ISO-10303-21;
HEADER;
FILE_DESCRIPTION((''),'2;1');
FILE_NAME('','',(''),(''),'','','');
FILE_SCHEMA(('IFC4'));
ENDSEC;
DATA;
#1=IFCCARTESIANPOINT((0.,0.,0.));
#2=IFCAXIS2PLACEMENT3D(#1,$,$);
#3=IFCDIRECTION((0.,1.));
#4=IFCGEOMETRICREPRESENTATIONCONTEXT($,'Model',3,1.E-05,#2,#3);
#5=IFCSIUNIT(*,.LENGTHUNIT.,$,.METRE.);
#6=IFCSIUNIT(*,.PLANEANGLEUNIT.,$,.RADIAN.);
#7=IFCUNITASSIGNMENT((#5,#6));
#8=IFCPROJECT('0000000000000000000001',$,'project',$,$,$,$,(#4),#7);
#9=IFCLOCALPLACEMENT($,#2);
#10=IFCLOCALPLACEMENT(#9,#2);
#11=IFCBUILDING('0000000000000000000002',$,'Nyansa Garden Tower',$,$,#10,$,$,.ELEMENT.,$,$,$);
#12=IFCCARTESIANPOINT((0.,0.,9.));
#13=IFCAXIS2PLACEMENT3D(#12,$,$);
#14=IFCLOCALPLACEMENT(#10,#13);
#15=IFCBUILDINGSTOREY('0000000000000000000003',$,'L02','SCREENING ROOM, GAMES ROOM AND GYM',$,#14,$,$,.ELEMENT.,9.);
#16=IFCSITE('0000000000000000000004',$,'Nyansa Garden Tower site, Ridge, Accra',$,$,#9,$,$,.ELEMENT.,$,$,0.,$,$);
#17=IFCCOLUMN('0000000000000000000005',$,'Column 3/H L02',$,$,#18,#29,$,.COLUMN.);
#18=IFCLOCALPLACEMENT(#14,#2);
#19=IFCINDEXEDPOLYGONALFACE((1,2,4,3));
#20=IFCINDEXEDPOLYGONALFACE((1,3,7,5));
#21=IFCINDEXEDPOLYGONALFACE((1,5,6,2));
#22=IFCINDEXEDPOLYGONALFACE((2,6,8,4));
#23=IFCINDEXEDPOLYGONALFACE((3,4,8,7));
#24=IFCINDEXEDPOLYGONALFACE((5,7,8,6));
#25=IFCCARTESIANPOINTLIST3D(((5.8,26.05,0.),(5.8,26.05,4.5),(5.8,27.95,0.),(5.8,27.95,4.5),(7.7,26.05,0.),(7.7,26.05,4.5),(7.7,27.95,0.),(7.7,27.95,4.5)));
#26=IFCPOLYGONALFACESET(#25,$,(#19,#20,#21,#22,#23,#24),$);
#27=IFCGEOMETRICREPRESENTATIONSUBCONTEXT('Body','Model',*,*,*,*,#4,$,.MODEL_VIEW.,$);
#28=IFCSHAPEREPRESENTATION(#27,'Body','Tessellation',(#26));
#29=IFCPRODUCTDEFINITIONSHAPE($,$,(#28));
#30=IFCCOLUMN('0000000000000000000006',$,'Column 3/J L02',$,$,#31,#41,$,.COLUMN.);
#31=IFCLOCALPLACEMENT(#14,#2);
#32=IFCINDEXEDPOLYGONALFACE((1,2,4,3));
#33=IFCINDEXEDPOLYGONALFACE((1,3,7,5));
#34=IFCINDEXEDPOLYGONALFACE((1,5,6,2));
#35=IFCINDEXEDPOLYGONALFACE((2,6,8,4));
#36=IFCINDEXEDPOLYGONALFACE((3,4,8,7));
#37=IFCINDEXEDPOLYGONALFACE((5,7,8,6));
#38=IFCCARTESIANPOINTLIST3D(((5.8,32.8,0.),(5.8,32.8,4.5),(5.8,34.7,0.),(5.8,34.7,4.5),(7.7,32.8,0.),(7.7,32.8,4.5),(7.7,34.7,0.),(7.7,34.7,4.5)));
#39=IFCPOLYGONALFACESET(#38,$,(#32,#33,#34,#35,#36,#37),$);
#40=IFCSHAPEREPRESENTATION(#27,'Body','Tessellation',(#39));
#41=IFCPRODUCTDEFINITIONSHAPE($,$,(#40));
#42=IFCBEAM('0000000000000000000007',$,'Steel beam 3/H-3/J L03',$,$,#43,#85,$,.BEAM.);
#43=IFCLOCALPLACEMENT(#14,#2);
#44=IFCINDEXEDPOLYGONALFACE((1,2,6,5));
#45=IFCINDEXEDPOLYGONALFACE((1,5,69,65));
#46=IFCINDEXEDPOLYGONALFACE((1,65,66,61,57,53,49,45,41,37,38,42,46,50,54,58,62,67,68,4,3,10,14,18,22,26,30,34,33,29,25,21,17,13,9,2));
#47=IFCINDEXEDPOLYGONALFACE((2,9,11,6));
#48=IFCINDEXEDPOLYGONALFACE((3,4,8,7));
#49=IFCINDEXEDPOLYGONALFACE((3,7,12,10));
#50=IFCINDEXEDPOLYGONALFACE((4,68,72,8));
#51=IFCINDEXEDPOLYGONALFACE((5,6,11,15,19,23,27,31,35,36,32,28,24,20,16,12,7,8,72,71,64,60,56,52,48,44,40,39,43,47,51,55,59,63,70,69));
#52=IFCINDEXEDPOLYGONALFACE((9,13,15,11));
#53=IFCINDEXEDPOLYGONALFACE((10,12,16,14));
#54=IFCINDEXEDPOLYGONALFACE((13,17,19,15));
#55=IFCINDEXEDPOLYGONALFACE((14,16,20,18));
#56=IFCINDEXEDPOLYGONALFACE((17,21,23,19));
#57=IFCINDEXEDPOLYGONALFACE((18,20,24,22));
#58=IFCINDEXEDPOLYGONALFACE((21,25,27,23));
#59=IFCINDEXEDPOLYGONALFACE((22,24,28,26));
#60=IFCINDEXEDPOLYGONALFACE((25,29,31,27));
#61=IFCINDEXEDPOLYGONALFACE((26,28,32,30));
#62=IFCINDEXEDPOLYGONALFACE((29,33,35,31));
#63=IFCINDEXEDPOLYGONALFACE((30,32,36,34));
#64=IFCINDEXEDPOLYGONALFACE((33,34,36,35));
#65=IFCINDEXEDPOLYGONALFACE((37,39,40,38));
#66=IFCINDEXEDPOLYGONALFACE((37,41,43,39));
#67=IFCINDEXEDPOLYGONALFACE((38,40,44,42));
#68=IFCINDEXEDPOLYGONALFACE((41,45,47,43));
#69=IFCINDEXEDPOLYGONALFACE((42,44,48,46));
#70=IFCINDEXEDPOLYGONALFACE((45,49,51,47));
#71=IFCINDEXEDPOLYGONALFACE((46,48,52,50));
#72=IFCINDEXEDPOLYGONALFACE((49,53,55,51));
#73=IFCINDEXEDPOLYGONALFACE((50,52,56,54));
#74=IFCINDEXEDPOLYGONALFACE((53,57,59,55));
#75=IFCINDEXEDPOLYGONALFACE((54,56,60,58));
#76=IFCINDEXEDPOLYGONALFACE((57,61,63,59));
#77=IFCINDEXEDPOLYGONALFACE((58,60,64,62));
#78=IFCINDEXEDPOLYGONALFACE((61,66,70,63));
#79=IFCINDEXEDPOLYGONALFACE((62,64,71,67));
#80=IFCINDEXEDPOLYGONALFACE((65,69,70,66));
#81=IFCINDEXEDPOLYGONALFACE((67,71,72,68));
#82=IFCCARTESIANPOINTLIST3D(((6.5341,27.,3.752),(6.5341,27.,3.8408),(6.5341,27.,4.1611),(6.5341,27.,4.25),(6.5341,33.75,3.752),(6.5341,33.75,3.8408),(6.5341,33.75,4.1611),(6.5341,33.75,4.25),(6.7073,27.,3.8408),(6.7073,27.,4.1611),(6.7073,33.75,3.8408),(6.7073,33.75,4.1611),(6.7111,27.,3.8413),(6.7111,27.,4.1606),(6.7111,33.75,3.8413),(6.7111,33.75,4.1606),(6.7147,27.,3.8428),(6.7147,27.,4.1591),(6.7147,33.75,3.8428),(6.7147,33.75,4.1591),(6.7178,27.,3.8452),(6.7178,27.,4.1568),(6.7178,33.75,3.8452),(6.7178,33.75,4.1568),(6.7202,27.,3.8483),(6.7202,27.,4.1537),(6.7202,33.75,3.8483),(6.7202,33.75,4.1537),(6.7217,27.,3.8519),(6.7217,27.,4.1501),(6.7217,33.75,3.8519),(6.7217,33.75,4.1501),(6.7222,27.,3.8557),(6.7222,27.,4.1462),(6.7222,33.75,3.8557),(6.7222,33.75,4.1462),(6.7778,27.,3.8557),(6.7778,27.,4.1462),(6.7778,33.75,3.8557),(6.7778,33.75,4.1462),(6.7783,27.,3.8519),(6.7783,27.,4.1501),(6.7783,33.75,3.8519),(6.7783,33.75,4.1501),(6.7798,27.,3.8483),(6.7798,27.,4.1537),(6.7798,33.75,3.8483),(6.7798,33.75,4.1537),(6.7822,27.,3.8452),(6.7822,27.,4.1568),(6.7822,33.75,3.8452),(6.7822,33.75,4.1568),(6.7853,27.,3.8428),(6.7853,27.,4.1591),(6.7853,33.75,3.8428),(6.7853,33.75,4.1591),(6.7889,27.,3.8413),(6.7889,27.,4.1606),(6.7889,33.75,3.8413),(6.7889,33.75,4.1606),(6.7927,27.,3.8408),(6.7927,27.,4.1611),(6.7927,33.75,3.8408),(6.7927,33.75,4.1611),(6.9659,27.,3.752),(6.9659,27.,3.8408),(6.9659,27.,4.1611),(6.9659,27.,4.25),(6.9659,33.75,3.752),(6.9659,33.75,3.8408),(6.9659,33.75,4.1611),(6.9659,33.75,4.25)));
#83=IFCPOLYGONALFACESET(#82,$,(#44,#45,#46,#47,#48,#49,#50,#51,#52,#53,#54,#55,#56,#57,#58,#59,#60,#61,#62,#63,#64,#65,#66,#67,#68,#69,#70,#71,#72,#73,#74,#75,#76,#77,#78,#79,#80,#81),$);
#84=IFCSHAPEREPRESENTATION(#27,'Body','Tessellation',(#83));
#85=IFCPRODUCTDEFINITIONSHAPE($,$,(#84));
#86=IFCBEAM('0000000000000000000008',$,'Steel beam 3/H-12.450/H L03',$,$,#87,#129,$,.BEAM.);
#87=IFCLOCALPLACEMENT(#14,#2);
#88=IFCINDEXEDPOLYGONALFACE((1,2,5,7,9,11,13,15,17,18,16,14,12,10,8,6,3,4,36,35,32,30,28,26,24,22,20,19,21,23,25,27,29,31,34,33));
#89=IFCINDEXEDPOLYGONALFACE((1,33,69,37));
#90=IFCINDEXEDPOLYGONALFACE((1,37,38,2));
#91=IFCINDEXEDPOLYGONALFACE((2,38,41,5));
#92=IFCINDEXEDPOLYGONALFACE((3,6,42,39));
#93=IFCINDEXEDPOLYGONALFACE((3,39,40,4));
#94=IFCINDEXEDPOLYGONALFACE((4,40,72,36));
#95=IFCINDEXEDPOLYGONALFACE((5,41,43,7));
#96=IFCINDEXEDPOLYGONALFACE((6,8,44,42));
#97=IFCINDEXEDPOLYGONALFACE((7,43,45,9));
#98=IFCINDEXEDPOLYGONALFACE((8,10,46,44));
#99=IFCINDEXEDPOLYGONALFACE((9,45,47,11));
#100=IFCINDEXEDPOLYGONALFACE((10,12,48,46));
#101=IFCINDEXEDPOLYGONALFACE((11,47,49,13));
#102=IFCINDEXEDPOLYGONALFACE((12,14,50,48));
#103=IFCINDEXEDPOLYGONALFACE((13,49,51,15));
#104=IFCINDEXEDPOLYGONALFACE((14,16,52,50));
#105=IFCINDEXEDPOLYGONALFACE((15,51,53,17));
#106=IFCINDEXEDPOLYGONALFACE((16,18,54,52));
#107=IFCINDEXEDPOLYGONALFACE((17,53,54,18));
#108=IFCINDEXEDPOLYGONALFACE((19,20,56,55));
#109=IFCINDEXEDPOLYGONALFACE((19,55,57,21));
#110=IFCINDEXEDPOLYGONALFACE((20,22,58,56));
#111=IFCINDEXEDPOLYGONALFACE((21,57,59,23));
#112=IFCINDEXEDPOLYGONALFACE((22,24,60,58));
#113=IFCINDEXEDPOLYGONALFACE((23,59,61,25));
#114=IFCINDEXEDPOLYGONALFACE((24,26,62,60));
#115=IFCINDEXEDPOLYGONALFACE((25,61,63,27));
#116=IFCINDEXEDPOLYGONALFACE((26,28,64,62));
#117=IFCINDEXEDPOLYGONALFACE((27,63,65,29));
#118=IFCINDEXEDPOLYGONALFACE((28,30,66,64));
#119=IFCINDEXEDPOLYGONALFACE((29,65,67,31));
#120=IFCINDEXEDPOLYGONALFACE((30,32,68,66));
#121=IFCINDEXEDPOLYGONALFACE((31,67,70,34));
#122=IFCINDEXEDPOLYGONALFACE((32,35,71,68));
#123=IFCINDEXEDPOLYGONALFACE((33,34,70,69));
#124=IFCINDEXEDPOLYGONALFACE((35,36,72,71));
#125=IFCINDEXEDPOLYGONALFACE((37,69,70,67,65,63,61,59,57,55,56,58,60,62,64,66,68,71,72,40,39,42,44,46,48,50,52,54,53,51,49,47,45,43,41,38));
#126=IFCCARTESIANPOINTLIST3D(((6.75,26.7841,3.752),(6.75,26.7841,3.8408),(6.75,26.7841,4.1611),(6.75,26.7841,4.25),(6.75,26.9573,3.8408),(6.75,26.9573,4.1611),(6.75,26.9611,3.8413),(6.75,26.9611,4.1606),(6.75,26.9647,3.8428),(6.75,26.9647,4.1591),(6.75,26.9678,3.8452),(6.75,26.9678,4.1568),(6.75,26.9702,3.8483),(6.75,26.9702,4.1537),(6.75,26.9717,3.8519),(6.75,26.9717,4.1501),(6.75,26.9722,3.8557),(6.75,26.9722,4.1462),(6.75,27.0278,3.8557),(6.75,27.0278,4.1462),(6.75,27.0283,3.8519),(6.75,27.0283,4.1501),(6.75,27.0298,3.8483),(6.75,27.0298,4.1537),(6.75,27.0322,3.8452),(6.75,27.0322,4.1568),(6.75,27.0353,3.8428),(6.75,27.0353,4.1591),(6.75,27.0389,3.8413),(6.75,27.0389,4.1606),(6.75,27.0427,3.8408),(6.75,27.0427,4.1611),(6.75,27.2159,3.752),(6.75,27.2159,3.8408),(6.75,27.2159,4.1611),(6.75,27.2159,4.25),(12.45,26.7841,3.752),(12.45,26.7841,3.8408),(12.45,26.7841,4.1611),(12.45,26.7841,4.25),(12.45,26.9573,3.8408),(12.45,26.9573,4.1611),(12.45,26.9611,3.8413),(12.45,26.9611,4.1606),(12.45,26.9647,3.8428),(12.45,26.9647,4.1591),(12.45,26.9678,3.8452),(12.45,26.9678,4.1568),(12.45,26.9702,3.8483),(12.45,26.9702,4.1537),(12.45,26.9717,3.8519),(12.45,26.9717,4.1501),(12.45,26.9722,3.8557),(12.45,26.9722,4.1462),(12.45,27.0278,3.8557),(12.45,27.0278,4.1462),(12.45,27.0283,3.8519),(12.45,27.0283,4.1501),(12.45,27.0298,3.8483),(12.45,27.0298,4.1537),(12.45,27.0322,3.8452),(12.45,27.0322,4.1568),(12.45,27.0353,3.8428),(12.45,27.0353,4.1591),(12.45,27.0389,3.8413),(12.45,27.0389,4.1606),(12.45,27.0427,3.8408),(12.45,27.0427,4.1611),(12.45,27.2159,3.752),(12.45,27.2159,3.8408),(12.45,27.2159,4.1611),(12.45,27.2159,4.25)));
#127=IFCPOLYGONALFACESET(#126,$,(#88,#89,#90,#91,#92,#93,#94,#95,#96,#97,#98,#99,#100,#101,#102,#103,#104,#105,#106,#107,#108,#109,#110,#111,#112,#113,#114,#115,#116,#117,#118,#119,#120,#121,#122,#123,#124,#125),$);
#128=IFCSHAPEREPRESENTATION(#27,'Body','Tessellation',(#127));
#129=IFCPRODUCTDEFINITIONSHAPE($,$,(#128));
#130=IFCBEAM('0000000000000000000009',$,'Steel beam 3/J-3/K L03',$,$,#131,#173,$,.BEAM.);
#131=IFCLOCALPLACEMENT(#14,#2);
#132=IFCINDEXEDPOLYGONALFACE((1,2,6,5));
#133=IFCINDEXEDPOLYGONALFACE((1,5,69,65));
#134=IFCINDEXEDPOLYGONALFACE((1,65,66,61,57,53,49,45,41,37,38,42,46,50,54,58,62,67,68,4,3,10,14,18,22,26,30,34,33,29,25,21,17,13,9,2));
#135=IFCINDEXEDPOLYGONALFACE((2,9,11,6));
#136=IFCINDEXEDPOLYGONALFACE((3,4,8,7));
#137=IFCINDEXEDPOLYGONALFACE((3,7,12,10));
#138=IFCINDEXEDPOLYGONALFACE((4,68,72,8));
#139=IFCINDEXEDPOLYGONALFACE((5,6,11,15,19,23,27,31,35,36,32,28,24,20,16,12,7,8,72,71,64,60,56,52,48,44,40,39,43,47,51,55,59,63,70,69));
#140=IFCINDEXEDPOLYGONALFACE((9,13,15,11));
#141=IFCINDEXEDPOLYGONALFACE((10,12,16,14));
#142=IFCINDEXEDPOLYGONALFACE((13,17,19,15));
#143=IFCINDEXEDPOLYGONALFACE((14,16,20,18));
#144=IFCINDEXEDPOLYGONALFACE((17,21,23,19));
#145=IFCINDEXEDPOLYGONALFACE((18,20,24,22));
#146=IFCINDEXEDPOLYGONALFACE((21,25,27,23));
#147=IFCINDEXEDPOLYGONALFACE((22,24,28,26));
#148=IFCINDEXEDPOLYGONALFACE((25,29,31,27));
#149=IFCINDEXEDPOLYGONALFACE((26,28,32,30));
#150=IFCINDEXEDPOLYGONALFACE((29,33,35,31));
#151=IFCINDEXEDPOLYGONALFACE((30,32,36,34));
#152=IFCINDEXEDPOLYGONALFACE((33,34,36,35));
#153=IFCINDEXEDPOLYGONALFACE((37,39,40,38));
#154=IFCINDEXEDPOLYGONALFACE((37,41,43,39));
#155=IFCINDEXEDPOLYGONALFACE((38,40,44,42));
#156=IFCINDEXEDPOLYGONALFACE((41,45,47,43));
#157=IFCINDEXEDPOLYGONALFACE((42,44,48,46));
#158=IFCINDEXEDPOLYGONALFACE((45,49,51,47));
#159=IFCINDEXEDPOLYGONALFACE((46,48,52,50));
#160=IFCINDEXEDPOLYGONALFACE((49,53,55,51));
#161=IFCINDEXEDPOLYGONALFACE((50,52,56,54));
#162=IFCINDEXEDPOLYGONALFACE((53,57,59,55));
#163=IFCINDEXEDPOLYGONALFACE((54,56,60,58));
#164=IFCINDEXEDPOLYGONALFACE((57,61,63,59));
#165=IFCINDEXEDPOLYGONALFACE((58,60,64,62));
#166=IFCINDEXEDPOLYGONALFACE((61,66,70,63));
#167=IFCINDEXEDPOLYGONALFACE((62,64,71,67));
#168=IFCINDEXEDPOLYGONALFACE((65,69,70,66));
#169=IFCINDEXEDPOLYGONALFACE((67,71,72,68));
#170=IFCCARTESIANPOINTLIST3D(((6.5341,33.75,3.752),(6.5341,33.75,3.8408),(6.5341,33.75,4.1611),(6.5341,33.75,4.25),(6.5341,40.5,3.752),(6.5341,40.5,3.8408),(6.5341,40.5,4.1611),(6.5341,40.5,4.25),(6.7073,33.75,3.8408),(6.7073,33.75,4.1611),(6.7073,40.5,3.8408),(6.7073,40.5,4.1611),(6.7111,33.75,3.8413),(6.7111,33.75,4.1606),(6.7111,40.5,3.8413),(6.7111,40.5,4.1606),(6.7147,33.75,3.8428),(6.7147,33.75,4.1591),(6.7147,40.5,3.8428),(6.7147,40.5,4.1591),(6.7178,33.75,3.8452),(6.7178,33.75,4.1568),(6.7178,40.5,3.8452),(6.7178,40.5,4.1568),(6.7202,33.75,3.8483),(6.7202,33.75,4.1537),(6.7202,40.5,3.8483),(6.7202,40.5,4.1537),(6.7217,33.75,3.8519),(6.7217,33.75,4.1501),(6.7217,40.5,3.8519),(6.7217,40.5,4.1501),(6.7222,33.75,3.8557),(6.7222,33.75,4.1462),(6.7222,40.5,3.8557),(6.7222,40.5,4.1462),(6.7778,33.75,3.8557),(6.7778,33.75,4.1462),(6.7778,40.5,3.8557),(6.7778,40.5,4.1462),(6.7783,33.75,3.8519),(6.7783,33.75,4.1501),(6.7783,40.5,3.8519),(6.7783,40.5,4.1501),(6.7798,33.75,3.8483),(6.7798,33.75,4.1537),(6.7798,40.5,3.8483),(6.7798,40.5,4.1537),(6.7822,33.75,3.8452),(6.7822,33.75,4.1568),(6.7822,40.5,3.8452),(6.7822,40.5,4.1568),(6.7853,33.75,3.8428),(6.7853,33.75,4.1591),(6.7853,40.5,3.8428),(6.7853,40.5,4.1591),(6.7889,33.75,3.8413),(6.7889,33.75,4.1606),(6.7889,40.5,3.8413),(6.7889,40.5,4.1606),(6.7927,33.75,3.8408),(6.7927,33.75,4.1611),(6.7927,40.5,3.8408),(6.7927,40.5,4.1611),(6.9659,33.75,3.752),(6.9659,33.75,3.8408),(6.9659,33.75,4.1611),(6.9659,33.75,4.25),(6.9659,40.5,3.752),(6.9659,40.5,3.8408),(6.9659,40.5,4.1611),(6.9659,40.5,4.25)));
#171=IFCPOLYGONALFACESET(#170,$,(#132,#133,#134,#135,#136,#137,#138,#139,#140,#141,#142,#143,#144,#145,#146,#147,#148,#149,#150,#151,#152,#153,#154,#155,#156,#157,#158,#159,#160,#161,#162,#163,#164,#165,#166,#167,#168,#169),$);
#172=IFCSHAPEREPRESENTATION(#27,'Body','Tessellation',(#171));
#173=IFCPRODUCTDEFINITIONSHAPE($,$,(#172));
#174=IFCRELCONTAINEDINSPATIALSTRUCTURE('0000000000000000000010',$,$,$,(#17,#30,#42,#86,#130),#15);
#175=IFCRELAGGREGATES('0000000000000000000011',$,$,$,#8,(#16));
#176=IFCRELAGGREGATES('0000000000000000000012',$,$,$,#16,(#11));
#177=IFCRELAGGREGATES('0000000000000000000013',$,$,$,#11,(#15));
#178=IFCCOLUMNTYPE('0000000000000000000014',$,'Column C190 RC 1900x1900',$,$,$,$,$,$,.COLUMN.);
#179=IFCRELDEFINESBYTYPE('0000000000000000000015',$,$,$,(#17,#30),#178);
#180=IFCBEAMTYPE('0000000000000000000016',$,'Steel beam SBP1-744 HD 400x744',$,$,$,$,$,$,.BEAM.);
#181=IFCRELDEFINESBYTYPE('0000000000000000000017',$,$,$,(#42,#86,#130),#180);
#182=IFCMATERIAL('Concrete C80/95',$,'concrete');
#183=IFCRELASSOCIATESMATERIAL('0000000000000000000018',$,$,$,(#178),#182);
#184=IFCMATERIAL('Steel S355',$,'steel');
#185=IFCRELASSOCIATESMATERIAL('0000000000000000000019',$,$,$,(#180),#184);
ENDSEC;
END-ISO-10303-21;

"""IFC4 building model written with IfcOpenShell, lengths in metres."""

from ifc_helpers import new_model, si_unit, direction, frame, origin, origin_2d, place, context, subcontext, project, spatial, rectangle, i_section, extrude, material, material_profile, profile_set, type_object, element, save


model = new_model("IFC4")

# Units and contexts
model_context = context("Model", 3, precision=1e-05, world=origin(), true_north=direction((0.0, 1.0)))
body_context = subcontext(model_context, "Body", "Model", "MODEL_VIEW")
ifc_project = project(units=[si_unit("LENGTHUNIT", "METRE"), si_unit("PLANEANGLEUNIT", "RADIAN")], contexts=[model_context])

# Site, building, storey
site_placement = place(None, origin())
site = spatial("IfcSite", under=ifc_project, at=site_placement, Name="Nyansa Garden Tower site, Ridge, Accra", CompositionType="ELEMENT", RefElevation=0.0)
building_placement = place(site_placement, origin())
building = spatial("IfcBuilding", under=site, at=building_placement, Name="Nyansa Garden Tower", CompositionType="ELEMENT")
storey_placement = place(building_placement, frame((0.0, 0.0, 9.0)))
storey = spatial("IfcBuildingStorey", under=building, at=storey_placement, Name="L02", Description="SCREENING ROOM, GAMES ROOM AND GYM", CompositionType="ELEMENT", Elevation=9.0)

# Columns
ifc_material_1 = material(Name="Concrete C80/95", Category="concrete")
ifc_material_profile_1 = material_profile(ifc_material_1, rectangle(XDim=1.8999, YDim=1.8999, at=origin_2d()), Name="RC 1900x1900")
ifc_profile_set_1 = profile_set([ifc_material_profile_1], Name="Concrete C80/95")
column_type = type_object("IfcColumnType", Name="Column C190 RC 1900x1900", PredefinedType="COLUMN", material=ifc_profile_set_1)
for number, where, z_axis, x_axis, name in (
    (1, (6.75, 27.0, 0.0), (0.0, 0.0, 1.0), (1.0, 0.0, 0.0), "Column 3/H L02"),
    (2, (6.75, 33.75, 0.0), (0.0, 0.0, 1.0), (1.0, 0.0, 0.0), "Column 3/J L02"),
):
    element("IfcColumn", number, at=place(storey_placement, frame(where, z_axis=z_axis, x_axis=x_axis)), inside=storey, type_object=column_type, Name=name, PredefinedType="COLUMN", context=body_context, shape_type="SweptSolid", body=[
        extrude(rectangle(XDim=1.8999, YDim=1.8999, at=origin_2d()), origin(), (0.0, 0.0, 1.0), 4.5),
    ])

# Beams
ifc_material_2 = material(Name="Steel S355", Category="steel")
ifc_material_profile_2 = material_profile(ifc_material_2, i_section(OverallWidth=0.4319, OverallDepth=0.498, WebThickness=0.0557, FlangeThickness=0.0889, FilletRadius=0.0149, at=origin_2d()), Name="HD 400x744")
ifc_profile_set_2 = profile_set([ifc_material_profile_2], Name="Steel S355")
beam_type_1 = type_object("IfcBeamType", Name="Steel beam SBP1-744 HD 400x744", PredefinedType="BEAM", material=ifc_profile_set_2)
beam_1_placement = place(storey_placement, frame((6.75, 27.0, 4.001), z_axis=(0.0, 1.0, 0.0), x_axis=(-1.0, 0.0, 0.0)))
element("IfcBeam", 3, at=beam_1_placement, inside=storey, type_object=beam_type_1, Name="Steel beam 3/H-3/J L03", PredefinedType="BEAM", context=body_context, shape_type="SweptSolid", body=[
    extrude(i_section(OverallWidth=0.4319, OverallDepth=0.498, WebThickness=0.0557, FlangeThickness=0.0889, FilletRadius=0.0149, at=origin_2d()), origin(), (0.0, 0.0, 1.0), 6.75),
])
beam_2_placement = place(storey_placement, frame((6.75, 27.0, 4.001), z_axis=(1.0, 0.0, 0.0), x_axis=(0.0, 1.0, 0.0)))
element("IfcBeam", 4, at=beam_2_placement, inside=storey, type_object=beam_type_1, Name="Steel beam 3/H-12.450/H L03", PredefinedType="BEAM", context=body_context, shape_type="SweptSolid", body=[
    extrude(i_section(OverallWidth=0.4319, OverallDepth=0.498, WebThickness=0.0557, FlangeThickness=0.0889, FilletRadius=0.0149, at=origin_2d()), origin(), (0.0, 0.0, 1.0), 5.7),
])
beam_3_placement = place(storey_placement, frame((6.75, 33.75, 4.001), z_axis=(0.0, 1.0, 0.0), x_axis=(-1.0, 0.0, 0.0)))
element("IfcBeam", 5, at=beam_3_placement, inside=storey, type_object=beam_type_1, Name="Steel beam 3/J-3/K L03", PredefinedType="BEAM", context=body_context, shape_type="SweptSolid", body=[
    extrude(i_section(OverallWidth=0.4319, OverallDepth=0.498, WebThickness=0.0557, FlangeThickness=0.0889, FilletRadius=0.0149, at=origin_2d()), origin(), (0.0, 0.0, 1.0), 6.75),
])

save(model, "model.ifc")
